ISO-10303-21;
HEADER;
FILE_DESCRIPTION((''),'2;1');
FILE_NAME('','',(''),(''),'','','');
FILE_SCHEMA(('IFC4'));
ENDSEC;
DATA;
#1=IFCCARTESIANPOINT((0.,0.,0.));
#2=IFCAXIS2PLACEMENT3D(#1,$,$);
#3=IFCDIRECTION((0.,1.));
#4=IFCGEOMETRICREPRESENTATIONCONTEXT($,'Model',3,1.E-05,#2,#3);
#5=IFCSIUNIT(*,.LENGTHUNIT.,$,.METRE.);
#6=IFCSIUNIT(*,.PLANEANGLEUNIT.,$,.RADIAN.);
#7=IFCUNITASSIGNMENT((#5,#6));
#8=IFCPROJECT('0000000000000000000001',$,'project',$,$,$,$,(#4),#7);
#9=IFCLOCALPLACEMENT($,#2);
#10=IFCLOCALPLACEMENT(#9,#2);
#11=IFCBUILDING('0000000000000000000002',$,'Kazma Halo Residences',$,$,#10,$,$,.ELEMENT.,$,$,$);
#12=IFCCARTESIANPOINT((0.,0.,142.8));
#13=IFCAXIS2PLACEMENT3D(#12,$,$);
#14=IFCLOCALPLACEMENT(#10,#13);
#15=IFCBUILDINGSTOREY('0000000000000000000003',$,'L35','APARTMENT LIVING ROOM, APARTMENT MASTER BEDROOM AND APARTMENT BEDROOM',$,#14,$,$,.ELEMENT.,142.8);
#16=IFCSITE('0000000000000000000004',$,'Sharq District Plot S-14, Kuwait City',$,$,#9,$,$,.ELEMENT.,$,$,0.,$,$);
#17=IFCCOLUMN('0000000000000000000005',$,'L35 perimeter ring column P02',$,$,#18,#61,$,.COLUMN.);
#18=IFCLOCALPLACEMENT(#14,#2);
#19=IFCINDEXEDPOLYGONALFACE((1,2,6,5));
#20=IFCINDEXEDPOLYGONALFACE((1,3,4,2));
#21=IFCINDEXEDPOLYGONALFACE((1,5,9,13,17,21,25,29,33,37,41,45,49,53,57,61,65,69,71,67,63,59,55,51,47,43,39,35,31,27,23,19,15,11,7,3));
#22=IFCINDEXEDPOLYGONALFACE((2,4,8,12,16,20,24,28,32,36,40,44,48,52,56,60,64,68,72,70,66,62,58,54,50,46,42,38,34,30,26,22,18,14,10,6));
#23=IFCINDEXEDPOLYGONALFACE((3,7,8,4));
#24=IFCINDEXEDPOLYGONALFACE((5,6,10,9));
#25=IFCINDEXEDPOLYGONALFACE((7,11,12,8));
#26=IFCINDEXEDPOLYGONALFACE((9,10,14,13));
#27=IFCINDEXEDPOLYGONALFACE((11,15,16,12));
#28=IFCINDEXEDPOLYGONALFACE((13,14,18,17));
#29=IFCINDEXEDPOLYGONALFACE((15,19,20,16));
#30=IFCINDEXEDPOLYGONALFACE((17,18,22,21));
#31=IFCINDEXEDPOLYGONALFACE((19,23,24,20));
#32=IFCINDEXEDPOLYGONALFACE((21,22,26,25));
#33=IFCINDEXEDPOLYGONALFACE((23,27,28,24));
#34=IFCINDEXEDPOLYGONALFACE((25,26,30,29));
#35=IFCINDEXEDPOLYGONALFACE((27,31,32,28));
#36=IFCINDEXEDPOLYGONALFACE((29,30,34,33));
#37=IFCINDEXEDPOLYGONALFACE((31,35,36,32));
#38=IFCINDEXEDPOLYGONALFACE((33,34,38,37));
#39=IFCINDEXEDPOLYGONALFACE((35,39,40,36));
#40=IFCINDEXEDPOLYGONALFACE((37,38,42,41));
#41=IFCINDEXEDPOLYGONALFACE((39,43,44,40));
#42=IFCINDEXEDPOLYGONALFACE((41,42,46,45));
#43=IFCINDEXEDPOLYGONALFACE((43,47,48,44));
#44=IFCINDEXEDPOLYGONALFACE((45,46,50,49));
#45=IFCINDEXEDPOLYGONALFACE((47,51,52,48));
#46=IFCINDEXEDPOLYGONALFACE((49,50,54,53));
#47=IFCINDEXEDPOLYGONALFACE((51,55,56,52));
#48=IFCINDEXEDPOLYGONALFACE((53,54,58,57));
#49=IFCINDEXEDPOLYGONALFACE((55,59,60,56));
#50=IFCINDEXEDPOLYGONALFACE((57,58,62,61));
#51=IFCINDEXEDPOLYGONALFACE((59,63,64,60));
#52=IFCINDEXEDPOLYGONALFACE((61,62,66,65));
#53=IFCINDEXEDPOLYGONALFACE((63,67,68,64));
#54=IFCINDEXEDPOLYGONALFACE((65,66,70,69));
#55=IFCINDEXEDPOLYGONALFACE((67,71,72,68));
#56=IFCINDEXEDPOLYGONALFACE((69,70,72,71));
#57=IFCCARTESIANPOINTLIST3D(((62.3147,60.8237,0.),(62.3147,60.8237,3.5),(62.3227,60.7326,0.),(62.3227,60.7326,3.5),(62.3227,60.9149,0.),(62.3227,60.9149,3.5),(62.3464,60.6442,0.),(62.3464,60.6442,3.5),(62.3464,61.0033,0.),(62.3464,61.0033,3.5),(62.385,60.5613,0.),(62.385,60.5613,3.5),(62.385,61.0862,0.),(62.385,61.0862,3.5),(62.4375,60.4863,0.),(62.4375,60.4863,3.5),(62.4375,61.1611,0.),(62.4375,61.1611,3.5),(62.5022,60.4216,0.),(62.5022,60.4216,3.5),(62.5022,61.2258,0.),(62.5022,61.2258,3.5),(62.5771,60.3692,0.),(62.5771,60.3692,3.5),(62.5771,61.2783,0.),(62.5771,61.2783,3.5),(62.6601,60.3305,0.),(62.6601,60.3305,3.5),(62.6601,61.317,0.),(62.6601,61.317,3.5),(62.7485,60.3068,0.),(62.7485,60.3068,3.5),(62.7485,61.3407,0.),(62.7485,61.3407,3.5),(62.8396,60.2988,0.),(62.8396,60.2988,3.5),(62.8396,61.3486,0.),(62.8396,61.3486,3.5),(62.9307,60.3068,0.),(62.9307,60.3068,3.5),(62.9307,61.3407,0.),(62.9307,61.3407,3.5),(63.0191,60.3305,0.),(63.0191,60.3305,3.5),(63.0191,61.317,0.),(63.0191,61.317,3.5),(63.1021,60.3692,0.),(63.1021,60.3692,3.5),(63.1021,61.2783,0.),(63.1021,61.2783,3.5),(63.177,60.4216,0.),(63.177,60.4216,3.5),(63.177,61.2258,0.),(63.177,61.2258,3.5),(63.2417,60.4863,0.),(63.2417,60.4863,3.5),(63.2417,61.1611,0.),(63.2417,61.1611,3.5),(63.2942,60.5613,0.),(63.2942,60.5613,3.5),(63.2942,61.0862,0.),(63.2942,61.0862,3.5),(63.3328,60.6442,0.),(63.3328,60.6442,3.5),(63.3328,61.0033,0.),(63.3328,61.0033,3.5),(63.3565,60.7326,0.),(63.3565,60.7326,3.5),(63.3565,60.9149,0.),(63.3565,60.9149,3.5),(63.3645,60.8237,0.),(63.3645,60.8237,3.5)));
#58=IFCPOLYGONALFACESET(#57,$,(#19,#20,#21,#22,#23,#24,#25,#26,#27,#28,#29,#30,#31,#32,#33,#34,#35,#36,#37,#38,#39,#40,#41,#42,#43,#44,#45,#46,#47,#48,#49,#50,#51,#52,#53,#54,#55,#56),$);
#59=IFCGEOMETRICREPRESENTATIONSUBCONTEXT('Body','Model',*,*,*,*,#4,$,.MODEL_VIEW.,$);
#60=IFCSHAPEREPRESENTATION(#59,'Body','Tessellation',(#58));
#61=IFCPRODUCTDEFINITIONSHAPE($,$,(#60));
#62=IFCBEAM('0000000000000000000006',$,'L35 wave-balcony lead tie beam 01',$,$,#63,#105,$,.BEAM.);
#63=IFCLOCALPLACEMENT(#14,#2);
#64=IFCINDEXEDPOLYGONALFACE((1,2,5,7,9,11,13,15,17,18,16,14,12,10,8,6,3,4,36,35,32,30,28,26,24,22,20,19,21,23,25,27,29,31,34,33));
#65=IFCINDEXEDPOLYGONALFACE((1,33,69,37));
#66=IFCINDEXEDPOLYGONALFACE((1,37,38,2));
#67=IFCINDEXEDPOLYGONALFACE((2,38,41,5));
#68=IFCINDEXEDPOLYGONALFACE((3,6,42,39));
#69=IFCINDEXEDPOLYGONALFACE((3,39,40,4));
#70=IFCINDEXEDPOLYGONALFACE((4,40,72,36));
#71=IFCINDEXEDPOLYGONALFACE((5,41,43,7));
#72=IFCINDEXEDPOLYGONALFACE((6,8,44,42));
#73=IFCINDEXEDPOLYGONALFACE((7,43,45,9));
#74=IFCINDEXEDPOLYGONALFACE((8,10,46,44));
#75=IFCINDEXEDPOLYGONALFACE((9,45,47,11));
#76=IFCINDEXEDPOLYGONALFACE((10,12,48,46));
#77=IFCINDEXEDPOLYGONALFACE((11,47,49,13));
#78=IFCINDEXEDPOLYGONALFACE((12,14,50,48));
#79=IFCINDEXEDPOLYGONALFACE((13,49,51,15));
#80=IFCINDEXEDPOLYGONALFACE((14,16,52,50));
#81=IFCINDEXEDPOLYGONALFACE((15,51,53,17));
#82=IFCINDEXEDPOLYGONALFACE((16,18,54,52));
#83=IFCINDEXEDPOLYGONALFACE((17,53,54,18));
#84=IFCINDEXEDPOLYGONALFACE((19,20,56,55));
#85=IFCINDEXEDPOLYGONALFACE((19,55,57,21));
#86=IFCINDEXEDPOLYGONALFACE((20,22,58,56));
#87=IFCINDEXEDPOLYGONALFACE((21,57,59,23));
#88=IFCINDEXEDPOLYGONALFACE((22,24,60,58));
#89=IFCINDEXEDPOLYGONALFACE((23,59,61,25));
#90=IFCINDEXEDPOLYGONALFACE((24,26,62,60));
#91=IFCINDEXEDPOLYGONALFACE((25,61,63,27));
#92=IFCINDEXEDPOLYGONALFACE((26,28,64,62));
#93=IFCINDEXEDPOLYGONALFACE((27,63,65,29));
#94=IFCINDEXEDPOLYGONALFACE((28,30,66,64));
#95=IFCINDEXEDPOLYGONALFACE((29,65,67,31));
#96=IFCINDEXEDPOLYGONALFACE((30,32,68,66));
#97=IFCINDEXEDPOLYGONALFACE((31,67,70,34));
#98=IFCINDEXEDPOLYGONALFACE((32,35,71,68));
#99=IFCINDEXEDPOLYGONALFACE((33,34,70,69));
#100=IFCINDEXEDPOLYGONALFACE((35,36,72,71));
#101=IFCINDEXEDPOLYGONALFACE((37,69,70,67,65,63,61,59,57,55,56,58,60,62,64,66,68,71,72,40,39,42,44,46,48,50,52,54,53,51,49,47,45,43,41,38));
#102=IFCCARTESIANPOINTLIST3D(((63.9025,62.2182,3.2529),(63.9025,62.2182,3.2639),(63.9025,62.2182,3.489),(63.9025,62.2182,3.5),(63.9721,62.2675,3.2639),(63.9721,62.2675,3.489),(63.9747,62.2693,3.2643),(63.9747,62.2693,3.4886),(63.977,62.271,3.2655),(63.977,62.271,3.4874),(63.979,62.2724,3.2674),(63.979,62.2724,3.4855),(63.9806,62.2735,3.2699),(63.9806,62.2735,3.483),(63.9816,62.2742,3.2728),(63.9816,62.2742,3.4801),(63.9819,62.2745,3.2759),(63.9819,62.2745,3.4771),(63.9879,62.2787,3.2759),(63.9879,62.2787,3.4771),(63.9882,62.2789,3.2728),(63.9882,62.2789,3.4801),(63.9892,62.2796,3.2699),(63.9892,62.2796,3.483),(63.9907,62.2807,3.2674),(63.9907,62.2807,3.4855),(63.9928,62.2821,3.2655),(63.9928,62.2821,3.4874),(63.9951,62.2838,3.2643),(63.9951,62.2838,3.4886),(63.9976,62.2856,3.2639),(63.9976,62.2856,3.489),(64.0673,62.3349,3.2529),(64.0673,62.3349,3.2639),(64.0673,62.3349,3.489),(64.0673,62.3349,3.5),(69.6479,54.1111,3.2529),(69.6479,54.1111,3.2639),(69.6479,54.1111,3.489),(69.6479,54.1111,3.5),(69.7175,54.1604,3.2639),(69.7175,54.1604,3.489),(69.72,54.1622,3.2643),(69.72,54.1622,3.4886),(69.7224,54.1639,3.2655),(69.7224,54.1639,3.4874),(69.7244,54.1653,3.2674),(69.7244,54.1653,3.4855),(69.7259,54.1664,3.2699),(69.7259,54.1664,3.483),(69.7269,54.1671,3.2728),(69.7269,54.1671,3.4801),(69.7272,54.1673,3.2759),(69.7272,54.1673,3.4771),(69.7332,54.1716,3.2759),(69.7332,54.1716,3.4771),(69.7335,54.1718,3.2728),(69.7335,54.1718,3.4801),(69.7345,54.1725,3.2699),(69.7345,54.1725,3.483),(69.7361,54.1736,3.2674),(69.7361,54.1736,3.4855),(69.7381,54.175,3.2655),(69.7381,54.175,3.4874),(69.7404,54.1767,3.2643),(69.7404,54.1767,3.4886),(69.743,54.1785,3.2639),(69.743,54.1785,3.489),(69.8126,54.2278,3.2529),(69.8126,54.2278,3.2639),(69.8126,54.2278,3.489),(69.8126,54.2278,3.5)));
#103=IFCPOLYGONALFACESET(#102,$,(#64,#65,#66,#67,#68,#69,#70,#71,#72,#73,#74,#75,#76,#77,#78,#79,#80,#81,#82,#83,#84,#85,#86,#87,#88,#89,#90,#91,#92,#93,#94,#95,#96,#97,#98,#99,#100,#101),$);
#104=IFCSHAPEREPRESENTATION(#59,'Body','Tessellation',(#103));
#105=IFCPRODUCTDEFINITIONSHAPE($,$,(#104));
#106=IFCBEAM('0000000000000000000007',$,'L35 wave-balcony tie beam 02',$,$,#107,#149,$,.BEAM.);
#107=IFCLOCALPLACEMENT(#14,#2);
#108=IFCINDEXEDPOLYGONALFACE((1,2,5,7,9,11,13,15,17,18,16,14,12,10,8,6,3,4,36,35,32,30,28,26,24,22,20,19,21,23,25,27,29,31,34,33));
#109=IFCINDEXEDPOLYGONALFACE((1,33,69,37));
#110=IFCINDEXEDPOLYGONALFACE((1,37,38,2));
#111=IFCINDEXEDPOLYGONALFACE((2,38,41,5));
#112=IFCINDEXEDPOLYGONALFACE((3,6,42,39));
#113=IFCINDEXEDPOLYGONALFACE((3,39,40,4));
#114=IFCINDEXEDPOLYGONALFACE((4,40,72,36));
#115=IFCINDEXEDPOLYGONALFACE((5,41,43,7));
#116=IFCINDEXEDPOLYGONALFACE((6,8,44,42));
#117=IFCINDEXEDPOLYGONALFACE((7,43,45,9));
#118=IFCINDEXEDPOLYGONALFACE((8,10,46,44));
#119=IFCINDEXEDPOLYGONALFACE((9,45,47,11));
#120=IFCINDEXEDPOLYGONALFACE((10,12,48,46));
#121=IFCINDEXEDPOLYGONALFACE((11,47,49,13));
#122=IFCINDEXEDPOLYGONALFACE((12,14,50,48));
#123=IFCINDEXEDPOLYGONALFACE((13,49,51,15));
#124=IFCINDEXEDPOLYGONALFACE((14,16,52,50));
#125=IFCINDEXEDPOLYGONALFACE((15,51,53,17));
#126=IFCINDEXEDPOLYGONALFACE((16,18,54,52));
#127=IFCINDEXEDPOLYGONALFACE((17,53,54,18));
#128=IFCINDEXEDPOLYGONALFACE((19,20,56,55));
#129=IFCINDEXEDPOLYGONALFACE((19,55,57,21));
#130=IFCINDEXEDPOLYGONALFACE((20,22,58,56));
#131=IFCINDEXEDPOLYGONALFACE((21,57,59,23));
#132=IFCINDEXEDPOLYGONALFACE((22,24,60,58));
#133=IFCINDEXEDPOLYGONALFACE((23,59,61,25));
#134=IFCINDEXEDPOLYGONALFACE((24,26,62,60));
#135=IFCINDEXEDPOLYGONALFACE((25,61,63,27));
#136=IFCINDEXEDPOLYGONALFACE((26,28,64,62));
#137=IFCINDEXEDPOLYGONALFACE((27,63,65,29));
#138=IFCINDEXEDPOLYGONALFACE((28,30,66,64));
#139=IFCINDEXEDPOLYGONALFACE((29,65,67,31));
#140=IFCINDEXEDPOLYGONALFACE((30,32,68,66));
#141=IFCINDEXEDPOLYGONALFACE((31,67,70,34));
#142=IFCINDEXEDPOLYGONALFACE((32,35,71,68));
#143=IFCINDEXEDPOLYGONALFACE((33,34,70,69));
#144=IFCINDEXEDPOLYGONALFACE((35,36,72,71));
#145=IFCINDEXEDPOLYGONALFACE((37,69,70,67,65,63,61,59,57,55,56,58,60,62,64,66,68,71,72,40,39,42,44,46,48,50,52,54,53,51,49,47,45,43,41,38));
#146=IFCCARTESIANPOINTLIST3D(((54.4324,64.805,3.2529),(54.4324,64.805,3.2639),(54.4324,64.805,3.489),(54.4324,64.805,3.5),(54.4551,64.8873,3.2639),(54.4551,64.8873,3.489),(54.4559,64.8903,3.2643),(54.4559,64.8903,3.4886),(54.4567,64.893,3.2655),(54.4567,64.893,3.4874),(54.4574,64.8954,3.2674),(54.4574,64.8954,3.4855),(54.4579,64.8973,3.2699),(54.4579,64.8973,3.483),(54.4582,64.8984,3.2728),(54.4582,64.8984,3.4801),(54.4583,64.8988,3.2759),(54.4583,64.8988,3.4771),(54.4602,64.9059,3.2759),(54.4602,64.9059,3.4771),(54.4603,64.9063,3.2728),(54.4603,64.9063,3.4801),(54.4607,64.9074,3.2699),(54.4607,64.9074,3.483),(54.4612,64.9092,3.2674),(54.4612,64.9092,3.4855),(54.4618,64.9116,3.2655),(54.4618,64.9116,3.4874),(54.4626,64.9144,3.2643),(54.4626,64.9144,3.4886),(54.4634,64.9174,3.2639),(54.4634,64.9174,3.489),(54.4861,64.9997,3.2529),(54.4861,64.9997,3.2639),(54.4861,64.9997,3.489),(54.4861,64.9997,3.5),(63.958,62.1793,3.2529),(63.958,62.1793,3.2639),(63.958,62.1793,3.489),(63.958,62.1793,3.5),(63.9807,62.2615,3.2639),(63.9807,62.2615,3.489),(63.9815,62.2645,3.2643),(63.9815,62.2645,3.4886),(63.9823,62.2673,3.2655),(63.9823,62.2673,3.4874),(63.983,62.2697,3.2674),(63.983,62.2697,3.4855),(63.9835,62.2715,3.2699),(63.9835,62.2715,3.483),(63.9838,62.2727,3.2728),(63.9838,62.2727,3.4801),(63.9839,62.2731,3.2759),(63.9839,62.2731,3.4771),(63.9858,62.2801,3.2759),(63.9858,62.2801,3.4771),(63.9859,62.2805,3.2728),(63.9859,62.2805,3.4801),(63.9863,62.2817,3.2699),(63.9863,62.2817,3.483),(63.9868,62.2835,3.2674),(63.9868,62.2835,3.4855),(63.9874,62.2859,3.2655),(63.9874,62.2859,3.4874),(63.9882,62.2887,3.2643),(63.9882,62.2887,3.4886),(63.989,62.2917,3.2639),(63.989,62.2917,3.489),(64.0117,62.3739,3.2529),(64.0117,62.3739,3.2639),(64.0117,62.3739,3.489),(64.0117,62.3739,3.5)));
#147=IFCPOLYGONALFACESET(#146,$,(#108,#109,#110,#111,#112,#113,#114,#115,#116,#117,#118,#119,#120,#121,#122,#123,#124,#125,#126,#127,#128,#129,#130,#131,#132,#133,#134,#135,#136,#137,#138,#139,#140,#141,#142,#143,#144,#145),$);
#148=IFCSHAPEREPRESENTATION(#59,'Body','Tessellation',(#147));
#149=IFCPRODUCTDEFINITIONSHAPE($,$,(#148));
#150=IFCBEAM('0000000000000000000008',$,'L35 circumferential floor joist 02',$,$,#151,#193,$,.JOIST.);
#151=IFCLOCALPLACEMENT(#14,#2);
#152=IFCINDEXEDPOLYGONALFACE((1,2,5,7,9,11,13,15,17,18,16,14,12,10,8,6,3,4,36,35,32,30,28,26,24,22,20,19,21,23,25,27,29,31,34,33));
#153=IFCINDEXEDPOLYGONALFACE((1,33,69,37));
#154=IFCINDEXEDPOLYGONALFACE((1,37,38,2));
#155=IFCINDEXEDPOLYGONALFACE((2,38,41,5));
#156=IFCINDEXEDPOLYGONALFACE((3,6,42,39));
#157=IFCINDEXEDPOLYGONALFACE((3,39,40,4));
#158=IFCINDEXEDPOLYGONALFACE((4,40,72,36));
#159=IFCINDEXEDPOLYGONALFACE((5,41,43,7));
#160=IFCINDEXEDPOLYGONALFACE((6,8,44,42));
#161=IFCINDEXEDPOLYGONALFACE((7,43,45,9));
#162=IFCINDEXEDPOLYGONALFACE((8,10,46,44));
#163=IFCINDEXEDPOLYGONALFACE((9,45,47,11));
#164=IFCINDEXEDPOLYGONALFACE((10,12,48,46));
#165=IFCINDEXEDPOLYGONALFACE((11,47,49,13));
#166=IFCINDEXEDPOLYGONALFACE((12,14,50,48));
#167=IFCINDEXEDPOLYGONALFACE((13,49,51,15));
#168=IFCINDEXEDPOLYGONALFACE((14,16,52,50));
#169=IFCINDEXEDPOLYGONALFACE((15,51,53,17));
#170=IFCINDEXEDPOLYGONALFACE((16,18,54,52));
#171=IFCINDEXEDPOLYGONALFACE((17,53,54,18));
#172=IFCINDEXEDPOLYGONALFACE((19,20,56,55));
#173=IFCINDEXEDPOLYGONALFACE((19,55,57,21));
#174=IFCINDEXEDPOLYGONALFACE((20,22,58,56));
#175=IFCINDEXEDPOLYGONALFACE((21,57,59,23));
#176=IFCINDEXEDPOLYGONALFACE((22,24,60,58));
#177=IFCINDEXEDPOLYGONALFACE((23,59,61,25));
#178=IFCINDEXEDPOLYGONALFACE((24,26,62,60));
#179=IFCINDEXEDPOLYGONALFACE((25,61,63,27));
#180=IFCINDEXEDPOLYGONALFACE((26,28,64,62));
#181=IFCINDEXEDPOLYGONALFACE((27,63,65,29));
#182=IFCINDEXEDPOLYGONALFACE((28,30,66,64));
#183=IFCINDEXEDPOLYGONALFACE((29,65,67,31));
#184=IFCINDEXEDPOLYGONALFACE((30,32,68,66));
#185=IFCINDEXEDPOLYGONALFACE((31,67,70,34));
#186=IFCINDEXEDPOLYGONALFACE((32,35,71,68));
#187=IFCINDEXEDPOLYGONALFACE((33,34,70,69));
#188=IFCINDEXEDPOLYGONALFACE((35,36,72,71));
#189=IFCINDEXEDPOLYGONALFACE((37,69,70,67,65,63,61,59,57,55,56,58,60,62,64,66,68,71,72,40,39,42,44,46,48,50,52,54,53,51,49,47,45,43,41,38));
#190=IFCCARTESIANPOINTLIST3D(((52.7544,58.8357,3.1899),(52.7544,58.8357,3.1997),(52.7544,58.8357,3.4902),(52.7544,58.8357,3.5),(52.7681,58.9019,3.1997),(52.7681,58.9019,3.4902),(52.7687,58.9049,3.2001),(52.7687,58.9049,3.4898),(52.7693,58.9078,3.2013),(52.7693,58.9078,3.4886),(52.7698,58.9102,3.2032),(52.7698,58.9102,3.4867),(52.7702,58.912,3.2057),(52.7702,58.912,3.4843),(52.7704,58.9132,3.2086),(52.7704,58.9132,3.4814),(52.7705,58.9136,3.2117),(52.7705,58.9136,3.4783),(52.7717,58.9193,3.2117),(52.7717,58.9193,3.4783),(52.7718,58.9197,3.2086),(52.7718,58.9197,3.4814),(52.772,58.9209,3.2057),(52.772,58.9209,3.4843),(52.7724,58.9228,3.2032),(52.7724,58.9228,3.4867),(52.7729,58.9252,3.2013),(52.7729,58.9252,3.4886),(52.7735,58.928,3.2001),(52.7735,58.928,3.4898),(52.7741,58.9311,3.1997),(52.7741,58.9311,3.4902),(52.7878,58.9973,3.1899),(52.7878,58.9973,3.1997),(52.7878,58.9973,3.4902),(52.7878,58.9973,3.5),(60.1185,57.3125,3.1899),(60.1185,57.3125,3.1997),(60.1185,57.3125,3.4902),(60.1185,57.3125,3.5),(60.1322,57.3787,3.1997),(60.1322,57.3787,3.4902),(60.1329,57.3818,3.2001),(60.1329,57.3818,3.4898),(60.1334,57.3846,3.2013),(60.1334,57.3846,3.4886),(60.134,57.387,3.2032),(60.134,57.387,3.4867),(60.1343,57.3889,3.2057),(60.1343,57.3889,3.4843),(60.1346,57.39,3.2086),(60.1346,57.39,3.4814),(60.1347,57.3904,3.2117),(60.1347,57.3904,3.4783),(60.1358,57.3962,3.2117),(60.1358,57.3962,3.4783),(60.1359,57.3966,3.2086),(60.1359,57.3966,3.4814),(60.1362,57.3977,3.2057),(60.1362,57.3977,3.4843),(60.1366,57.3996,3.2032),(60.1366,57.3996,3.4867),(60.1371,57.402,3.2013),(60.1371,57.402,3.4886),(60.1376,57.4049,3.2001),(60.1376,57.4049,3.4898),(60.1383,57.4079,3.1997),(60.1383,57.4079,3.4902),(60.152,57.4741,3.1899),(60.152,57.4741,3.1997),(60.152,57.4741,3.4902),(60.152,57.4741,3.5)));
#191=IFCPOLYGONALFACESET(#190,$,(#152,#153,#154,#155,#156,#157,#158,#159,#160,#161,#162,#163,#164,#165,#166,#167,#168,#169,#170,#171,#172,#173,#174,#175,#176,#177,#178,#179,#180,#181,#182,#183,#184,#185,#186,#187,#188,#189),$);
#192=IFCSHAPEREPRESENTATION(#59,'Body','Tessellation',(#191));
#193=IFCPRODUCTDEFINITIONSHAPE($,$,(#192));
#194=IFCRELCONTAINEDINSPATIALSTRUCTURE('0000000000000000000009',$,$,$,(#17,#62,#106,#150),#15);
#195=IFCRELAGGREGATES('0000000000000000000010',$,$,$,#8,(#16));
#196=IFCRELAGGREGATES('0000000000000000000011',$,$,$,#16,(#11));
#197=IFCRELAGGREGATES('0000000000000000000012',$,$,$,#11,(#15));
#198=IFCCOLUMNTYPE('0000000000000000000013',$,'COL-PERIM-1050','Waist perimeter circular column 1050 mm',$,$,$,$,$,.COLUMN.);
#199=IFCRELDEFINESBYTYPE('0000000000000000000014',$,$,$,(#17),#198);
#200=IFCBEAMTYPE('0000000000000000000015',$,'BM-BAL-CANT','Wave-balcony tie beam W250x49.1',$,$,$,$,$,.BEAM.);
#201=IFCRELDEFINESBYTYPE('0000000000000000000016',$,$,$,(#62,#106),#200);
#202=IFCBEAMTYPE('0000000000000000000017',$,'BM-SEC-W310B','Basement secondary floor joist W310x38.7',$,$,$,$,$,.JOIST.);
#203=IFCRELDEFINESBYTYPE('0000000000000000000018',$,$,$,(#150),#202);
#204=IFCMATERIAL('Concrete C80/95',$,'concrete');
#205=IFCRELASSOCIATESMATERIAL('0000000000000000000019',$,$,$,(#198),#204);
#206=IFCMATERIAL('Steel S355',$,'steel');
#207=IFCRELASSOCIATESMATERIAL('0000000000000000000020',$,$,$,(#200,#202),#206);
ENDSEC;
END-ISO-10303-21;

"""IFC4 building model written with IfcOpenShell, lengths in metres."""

from ifc_helpers import new_model, si_unit, direction, frame, origin, origin_2d, place, context, subcontext, project, spatial, circle, i_section, extrude, material, material_profile, profile_set, type_object, element, save


model = new_model("IFC4")

# Units and contexts
model_context = context("Model", 3, precision=1e-05, world=origin(), true_north=direction((0.0, 1.0)))
body_context = subcontext(model_context, "Body", "Model", "MODEL_VIEW")
ifc_project = project(units=[si_unit("LENGTHUNIT", "METRE"), si_unit("PLANEANGLEUNIT", "RADIAN")], contexts=[model_context])

# Site, building, storey
site_placement = place(None, origin())
site = spatial("IfcSite", under=ifc_project, at=site_placement, Name="Sharq District Plot S-14, Kuwait City", CompositionType="ELEMENT", RefElevation=0.0)
building_placement = place(site_placement, origin())
building = spatial("IfcBuilding", under=site, at=building_placement, Name="Kazma Halo Residences", CompositionType="ELEMENT")
storey_placement = place(building_placement, frame((0.0, 0.0, 142.8)))
storey = spatial("IfcBuildingStorey", under=building, at=storey_placement, Name="L35", Description="APARTMENT LIVING ROOM, APARTMENT MASTER BEDROOM AND APARTMENT BEDROOM", CompositionType="ELEMENT", Elevation=142.8)

# Column
ifc_material_1 = material(Name="Concrete C80/95", Category="concrete")
ifc_material_profile_1 = material_profile(ifc_material_1, circle(Radius=0.5249, at=origin_2d()), Name="CIRC1050")
ifc_profile_set_1 = profile_set([ifc_material_profile_1], Name="Concrete C80/95")
column_type = type_object("IfcColumnType", Name="COL-PERIM-1050", Description="Waist perimeter circular column 1050 mm", PredefinedType="COLUMN", material=ifc_profile_set_1)
column_placement = place(storey_placement, frame((62.8396, 60.8237, 0.0), z_axis=(0.0, 0.0, 1.0), x_axis=(1.0, 0.0, 0.0)))
element("IfcColumn", 1, at=column_placement, inside=storey, type_object=column_type, Name="L35 perimeter ring column P02", PredefinedType="COLUMN", context=body_context, shape_type="SweptSolid", body=[
    extrude(circle(Radius=0.5249, at=origin_2d()), origin(), (0.0, 0.0, 1.0), 3.5),
])

# Beams
ifc_material_2 = material(Name="Steel S355", Category="steel")
ifc_material_profile_2 = material_profile(ifc_material_2, i_section(OverallWidth=0.2019, OverallDepth=0.2471, WebThickness=0.0073, FlangeThickness=0.011, FilletRadius=0.012, at=origin_2d()), Name="W250x49.1")
ifc_profile_set_2 = profile_set([ifc_material_profile_2], Name="Steel S355")
beam_type_1 = type_object("IfcBeamType", Name="BM-BAL-CANT", Description="Wave-balcony tie beam W250x49.1", PredefinedType="BEAM", material=ifc_profile_set_2)
beam_1_placement = place(storey_placement, frame((69.7302, 54.1694, 3.3765), z_axis=(-0.578203, 0.815893, 0.0), x_axis=(-0.815893, -0.578203, 0.0)))
element("IfcBeam", 2, at=beam_1_placement, inside=storey, type_object=beam_type_1, Name="L35 wave-balcony lead tie beam 01", PredefinedType="BEAM", context=body_context, shape_type="SweptSolid", body=[
    extrude(i_section(OverallWidth=0.2019, OverallDepth=0.2471, WebThickness=0.0073, FlangeThickness=0.011, FilletRadius=0.012, at=origin_2d()), origin(), (0.0, 0.0, 1.0), 9.9365),
])
beam_2_placement = place(storey_placement, frame((63.9849, 62.2766, 3.3765), z_axis=(-0.964045, 0.265738, 0.0), x_axis=(-0.265738, -0.964045, 0.0)))
element("IfcBeam", 3, at=beam_2_placement, inside=storey, type_object=beam_type_1, Name="L35 wave-balcony tie beam 02", PredefinedType="BEAM", context=body_context, shape_type="SweptSolid", body=[
    extrude(i_section(OverallWidth=0.2019, OverallDepth=0.2471, WebThickness=0.0073, FlangeThickness=0.011, FilletRadius=0.012, at=origin_2d()), origin(), (0.0, 0.0, 1.0), 9.8809),
])
ifc_material_profile_3 = material_profile(ifc_material_2, i_section(OverallWidth=0.165, OverallDepth=0.3101, WebThickness=0.0059, FlangeThickness=0.0098, FilletRadius=0.012, at=origin_2d()), Name="W310x38.7")
ifc_profile_set_3 = profile_set([ifc_material_profile_3], Name="Steel S355")
beam_type_2 = type_object("IfcBeamType", Name="BM-SEC-W310B", Description="Basement secondary floor joist W310x38.7", PredefinedType="JOIST", material=ifc_profile_set_3)
beam_3_placement = place(storey_placement, frame((60.1353, 57.3933, 3.345), z_axis=(-0.979272, 0.202549, 0.0), x_axis=(-0.202549, -0.979272, 0.0)))
element("IfcBeam", 4, at=beam_3_placement, inside=storey, type_object=beam_type_2, Name="L35 circumferential floor joist 02", PredefinedType="JOIST", context=body_context, shape_type="SweptSolid", body=[
    extrude(i_section(OverallWidth=0.165, OverallDepth=0.3101, WebThickness=0.0059, FlangeThickness=0.0098, FilletRadius=0.012, at=origin_2d()), origin(), (0.0, 0.0, 1.0), 7.52),
])

save(model, "model.ifc")
